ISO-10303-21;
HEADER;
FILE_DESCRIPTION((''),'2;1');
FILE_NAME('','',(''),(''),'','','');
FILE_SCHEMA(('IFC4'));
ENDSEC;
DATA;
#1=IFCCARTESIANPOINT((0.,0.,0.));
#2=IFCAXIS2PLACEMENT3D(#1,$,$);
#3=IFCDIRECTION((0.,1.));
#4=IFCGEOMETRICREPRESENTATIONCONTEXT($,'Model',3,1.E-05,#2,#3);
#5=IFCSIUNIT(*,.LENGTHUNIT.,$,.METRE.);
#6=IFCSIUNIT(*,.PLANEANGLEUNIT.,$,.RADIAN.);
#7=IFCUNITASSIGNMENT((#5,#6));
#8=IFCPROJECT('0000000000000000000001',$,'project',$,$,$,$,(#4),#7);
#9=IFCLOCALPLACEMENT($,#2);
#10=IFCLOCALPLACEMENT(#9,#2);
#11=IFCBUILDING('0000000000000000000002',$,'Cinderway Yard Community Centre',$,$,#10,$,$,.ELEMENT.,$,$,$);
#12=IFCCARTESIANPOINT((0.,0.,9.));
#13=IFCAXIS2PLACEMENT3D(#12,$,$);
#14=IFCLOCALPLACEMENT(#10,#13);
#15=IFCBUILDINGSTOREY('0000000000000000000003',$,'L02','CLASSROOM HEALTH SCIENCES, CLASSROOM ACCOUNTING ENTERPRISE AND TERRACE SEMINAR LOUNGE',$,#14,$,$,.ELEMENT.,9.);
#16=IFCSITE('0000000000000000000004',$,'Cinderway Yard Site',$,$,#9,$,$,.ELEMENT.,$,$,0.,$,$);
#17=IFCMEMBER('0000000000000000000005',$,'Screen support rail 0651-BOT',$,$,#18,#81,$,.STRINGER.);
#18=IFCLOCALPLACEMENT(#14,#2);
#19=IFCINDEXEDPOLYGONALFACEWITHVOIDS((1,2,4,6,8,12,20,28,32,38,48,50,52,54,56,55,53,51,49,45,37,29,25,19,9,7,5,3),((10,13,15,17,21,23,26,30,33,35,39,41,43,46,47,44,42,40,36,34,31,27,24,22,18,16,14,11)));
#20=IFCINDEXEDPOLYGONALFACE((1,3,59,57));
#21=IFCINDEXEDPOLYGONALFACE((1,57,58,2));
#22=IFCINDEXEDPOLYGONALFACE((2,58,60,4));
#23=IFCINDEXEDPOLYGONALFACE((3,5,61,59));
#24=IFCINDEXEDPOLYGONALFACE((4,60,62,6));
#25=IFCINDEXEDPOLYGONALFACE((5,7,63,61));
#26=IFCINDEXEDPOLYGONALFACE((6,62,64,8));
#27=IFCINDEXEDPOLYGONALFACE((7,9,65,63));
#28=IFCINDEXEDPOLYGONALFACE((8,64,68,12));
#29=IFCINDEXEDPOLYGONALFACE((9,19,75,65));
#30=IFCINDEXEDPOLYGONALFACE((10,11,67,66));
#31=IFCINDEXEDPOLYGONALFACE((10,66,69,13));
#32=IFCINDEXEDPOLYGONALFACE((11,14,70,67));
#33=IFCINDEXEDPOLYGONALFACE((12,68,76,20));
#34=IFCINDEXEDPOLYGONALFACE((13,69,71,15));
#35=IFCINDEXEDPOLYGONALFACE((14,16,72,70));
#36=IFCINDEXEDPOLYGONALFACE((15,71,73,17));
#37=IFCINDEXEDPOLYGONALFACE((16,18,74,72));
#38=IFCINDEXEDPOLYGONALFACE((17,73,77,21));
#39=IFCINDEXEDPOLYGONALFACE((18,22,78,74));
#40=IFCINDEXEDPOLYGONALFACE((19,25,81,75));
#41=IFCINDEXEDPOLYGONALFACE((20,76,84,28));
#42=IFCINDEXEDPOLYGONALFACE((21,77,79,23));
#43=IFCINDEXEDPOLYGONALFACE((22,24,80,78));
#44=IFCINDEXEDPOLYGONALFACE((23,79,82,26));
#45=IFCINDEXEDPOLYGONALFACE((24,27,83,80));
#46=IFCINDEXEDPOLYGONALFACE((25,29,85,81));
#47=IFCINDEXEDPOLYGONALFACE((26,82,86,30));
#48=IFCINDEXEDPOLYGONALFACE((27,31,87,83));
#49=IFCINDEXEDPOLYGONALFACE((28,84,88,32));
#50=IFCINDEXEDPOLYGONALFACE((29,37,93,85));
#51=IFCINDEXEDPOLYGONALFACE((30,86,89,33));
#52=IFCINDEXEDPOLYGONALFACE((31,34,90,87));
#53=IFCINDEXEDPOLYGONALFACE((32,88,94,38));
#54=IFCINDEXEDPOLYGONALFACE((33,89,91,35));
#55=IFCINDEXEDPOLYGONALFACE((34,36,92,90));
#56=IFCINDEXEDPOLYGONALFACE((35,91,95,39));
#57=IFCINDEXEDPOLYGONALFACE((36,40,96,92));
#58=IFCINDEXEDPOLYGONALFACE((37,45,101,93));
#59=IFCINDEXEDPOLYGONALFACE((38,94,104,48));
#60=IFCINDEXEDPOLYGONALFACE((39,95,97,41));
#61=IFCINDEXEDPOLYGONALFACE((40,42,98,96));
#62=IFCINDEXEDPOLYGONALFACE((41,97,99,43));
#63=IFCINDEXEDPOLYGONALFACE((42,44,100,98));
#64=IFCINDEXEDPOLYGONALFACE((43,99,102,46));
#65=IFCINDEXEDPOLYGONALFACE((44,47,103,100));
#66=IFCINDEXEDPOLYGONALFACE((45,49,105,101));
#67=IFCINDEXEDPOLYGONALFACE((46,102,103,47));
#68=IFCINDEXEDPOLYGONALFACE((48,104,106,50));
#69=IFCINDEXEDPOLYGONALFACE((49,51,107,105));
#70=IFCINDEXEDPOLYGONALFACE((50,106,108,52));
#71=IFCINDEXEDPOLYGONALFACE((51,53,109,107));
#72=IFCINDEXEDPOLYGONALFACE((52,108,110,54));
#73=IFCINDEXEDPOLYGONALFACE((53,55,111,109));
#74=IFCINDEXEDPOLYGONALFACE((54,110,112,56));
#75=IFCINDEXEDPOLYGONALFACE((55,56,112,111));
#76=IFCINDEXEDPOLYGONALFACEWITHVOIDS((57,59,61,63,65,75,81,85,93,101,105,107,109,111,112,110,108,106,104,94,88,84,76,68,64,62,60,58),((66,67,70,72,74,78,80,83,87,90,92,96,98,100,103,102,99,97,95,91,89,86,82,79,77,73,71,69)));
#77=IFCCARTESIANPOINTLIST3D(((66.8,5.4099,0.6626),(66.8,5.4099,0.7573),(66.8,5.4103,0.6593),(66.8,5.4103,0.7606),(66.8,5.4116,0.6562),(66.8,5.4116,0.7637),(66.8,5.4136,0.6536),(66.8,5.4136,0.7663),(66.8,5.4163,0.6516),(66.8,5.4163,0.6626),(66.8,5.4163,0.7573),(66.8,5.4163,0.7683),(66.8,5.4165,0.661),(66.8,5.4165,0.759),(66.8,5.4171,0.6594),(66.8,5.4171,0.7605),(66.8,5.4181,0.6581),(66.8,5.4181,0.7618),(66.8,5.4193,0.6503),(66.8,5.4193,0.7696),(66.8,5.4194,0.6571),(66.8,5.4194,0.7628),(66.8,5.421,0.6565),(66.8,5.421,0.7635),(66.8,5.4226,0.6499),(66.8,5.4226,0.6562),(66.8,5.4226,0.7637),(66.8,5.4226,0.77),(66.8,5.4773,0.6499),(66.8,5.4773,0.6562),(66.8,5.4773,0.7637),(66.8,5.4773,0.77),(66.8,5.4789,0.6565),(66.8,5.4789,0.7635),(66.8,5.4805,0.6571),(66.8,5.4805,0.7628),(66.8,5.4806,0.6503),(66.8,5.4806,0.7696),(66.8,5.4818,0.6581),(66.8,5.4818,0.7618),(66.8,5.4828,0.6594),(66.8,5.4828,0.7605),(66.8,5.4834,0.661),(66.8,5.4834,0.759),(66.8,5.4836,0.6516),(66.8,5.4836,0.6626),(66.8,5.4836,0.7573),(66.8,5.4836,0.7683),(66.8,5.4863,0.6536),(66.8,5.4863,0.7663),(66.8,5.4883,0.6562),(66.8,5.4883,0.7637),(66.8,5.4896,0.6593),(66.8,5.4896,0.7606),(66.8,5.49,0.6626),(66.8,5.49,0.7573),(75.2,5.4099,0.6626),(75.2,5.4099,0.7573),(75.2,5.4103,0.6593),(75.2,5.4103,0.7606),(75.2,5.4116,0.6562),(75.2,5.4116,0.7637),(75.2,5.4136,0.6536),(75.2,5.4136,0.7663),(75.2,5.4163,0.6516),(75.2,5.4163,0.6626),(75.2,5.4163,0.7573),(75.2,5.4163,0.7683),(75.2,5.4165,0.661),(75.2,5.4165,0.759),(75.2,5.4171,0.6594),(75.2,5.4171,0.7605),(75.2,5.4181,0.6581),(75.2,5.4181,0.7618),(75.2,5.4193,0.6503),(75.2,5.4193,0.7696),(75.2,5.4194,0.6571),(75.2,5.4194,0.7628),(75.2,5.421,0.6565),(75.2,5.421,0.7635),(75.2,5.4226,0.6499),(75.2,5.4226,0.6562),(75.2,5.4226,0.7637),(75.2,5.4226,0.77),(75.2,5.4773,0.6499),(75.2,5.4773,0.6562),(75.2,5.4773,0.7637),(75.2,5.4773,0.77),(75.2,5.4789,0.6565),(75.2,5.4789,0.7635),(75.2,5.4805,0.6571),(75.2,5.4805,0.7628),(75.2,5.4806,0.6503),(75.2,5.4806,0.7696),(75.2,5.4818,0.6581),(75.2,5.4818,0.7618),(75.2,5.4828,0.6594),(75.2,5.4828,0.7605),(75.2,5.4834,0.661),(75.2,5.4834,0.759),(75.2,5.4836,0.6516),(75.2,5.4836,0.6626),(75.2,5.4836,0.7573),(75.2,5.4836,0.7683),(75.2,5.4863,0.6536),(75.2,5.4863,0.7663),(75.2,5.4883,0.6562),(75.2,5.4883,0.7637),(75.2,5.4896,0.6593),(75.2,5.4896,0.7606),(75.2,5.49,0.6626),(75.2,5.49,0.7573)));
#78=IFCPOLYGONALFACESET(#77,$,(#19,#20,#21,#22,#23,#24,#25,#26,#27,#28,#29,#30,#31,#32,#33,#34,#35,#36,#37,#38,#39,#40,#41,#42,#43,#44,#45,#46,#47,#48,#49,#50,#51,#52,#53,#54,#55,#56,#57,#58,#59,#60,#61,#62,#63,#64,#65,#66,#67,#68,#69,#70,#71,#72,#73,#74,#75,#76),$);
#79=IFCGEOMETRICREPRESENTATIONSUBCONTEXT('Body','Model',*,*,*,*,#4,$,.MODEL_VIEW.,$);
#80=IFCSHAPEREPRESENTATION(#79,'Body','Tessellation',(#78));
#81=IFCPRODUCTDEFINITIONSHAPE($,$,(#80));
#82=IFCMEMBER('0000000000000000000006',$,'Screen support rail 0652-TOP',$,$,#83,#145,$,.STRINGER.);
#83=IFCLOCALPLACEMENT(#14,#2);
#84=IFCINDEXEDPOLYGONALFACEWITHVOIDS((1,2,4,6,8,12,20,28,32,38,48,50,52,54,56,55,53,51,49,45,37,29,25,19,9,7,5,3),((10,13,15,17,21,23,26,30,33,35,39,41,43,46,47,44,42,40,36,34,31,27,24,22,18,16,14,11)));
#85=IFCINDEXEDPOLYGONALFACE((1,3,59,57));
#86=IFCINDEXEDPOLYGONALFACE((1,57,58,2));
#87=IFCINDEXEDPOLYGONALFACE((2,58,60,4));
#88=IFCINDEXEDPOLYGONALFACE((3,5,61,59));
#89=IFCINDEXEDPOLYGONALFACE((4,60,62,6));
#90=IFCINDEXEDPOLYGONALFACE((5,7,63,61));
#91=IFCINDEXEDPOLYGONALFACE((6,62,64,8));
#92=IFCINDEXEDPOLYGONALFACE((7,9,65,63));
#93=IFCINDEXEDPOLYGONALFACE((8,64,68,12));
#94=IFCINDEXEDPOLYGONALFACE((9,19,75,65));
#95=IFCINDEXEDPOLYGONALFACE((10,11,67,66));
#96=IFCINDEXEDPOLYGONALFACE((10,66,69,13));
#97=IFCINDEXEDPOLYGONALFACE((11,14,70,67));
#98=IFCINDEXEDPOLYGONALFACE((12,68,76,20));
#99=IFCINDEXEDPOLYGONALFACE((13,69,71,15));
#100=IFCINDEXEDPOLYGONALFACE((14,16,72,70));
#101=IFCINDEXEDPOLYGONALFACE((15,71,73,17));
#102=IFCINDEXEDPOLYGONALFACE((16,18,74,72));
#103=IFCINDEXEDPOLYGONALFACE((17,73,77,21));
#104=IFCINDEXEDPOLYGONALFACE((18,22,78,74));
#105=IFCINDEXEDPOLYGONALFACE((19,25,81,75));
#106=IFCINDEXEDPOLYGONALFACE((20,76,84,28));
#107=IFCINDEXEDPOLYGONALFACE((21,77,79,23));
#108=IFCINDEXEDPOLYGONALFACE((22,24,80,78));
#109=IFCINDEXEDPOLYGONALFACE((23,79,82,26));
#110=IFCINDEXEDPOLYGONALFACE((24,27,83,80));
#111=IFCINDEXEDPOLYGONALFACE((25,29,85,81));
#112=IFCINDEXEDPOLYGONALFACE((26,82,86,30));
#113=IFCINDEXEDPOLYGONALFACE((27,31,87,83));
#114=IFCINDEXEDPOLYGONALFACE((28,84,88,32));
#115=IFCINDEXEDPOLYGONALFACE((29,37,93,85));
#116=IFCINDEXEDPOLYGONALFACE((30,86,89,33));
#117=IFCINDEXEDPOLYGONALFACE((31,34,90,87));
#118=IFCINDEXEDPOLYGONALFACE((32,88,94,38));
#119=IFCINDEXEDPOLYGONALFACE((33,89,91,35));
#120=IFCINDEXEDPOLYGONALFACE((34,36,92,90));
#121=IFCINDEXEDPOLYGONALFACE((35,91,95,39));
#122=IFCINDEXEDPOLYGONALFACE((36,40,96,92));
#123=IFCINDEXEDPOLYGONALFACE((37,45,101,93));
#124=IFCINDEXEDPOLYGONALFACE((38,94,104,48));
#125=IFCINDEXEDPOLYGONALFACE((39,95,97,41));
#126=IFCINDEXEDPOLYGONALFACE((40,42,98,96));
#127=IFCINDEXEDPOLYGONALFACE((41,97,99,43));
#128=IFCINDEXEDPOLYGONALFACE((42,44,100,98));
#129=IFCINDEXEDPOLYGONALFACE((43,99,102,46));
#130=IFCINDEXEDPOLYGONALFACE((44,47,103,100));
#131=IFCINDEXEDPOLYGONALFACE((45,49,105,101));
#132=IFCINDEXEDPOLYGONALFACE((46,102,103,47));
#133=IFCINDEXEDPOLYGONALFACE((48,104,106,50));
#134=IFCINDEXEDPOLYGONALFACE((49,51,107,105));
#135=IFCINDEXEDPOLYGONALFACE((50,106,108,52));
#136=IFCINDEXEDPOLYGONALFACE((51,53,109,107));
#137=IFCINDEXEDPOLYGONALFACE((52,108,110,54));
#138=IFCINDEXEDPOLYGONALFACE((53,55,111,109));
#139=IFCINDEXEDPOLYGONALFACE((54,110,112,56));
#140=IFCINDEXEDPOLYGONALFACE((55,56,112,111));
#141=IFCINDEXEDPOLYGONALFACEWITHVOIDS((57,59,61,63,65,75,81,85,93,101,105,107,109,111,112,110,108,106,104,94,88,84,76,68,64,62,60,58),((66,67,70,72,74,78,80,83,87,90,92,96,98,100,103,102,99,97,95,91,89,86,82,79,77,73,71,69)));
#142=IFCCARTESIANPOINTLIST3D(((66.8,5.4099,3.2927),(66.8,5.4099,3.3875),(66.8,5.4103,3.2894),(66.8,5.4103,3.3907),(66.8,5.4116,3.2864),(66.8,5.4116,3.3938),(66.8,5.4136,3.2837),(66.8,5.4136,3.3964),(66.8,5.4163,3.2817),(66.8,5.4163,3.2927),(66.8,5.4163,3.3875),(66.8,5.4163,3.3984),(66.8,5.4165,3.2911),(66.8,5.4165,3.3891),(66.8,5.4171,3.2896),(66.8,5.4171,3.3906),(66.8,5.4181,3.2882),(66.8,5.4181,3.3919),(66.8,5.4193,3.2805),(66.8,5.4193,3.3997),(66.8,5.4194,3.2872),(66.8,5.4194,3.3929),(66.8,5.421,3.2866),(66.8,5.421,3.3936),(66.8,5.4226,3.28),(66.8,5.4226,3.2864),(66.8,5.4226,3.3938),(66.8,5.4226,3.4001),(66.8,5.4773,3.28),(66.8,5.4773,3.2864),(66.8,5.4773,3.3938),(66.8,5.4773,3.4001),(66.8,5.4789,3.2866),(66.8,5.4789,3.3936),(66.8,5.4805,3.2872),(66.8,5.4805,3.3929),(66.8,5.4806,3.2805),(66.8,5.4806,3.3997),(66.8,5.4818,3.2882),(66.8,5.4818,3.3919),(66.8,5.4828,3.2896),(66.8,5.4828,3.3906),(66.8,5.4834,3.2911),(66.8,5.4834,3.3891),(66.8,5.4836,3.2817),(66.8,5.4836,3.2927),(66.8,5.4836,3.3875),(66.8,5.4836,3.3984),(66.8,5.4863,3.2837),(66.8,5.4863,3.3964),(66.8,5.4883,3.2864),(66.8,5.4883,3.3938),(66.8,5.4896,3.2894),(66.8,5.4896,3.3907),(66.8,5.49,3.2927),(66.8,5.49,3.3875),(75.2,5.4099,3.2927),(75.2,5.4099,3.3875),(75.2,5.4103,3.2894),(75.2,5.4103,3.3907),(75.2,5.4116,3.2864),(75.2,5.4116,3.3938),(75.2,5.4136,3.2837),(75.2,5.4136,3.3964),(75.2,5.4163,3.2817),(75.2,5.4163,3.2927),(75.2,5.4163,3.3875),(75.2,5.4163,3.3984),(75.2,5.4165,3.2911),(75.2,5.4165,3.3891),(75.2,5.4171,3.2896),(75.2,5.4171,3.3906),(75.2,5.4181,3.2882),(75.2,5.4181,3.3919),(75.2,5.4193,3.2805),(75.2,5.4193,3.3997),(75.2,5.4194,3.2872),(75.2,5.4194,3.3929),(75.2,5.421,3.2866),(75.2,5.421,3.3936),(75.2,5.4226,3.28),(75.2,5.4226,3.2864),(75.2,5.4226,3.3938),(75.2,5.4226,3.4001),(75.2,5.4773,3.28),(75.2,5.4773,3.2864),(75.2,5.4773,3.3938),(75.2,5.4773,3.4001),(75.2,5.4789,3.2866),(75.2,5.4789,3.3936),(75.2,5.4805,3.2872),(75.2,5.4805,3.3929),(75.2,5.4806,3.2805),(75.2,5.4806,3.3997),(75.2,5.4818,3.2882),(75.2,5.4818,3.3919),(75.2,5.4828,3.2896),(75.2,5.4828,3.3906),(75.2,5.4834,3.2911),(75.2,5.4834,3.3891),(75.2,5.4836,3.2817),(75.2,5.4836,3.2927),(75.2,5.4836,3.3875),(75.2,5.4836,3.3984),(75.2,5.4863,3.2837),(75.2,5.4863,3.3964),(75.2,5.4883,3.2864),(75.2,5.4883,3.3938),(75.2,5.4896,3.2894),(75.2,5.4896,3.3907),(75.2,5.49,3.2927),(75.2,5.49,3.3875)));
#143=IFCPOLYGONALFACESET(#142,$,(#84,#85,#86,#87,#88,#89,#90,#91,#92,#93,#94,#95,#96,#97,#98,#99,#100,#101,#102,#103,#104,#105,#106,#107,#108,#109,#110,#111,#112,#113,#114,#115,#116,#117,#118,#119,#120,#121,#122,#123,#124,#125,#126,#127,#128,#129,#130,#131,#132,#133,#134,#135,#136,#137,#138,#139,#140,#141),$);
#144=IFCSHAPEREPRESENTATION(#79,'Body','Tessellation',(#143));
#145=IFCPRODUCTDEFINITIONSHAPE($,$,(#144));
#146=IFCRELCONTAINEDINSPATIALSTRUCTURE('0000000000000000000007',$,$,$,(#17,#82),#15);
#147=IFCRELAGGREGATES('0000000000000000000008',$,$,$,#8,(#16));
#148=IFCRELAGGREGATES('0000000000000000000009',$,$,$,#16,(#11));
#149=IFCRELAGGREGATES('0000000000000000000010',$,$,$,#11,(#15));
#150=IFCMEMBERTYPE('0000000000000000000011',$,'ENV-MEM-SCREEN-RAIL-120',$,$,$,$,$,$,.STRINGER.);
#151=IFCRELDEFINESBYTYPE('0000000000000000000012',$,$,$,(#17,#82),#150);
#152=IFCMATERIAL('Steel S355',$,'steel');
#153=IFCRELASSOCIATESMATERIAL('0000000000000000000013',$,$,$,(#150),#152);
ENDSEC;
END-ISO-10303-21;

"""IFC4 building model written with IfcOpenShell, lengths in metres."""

from ifc_helpers import new_model, si_unit, direction, frame, origin, origin_2d, place, context, subcontext, project, spatial, hollow_rectangle, extrude, material, material_profile, profile_set, type_object, element, save


model = new_model("IFC4")

# Units and contexts
model_context = context("Model", 3, precision=1e-05, world=origin(), true_north=direction((0.0, 1.0)))
body_context = subcontext(model_context, "Body", "Model", "MODEL_VIEW")
ifc_project = project(units=[si_unit("LENGTHUNIT", "METRE"), si_unit("PLANEANGLEUNIT", "RADIAN")], contexts=[model_context])

# Site, building, storey
site_placement = place(None, origin())
site = spatial("IfcSite", under=ifc_project, at=site_placement, Name="Cinderway Yard Site", CompositionType="ELEMENT", RefElevation=0.0)
building_placement = place(site_placement, origin())
building = spatial("IfcBuilding", under=site, at=building_placement, Name="Cinderway Yard Community Centre", CompositionType="ELEMENT")
storey_placement = place(building_placement, frame((0.0, 0.0, 9.0)))
storey = spatial("IfcBuildingStorey", under=building, at=storey_placement, Name="L02", Description="CLASSROOM HEALTH SCIENCES, CLASSROOM ACCOUNTING ENTERPRISE AND TERRACE SEMINAR LOUNGE", CompositionType="ELEMENT", Elevation=9.0)

# Members
ifc_material_1 = material(Name="Steel S355", Category="steel")
ifc_material_profile_1 = material_profile(ifc_material_1, hollow_rectangle(XDim=0.0801, YDim=0.1201, WallThickness=0.0063, InnerFilletRadius=0.0063, OuterFilletRadius=0.0127, at=origin_2d()), Name="Steel S355")
ifc_profile_set_1 = profile_set([ifc_material_profile_1], Name="Steel S355")
member_type_1 = type_object("IfcMemberType", Name="ENV-MEM-SCREEN-RAIL-120", PredefinedType="STRINGER", material=ifc_profile_set_1)
for number, where, z_axis, x_axis, name in (
    (1, (66.8, 5.45, 0.71), (1.0, 0.0, 0.0), (0.0, 1.0, 0.0), "Screen support rail 0651-BOT"),
    (2, (66.8, 5.45, 3.3401), (1.0, 0.0, 0.0), (0.0, 1.0, 0.0), "Screen support rail 0652-TOP"),
):
    element("IfcMember", number, at=place(storey_placement, frame(where, z_axis=z_axis, x_axis=x_axis)), inside=storey, type_object=member_type_1, Name=name, PredefinedType="STRINGER", context=body_context, shape_type="SweptSolid", body=[
        extrude(hollow_rectangle(XDim=0.0801, YDim=0.1201, WallThickness=0.0063, InnerFilletRadius=0.0063, OuterFilletRadius=0.0127, at=origin_2d()), origin(), (0.0, 0.0, 1.0), 8.3999),
    ])

save(model, "model.ifc")
